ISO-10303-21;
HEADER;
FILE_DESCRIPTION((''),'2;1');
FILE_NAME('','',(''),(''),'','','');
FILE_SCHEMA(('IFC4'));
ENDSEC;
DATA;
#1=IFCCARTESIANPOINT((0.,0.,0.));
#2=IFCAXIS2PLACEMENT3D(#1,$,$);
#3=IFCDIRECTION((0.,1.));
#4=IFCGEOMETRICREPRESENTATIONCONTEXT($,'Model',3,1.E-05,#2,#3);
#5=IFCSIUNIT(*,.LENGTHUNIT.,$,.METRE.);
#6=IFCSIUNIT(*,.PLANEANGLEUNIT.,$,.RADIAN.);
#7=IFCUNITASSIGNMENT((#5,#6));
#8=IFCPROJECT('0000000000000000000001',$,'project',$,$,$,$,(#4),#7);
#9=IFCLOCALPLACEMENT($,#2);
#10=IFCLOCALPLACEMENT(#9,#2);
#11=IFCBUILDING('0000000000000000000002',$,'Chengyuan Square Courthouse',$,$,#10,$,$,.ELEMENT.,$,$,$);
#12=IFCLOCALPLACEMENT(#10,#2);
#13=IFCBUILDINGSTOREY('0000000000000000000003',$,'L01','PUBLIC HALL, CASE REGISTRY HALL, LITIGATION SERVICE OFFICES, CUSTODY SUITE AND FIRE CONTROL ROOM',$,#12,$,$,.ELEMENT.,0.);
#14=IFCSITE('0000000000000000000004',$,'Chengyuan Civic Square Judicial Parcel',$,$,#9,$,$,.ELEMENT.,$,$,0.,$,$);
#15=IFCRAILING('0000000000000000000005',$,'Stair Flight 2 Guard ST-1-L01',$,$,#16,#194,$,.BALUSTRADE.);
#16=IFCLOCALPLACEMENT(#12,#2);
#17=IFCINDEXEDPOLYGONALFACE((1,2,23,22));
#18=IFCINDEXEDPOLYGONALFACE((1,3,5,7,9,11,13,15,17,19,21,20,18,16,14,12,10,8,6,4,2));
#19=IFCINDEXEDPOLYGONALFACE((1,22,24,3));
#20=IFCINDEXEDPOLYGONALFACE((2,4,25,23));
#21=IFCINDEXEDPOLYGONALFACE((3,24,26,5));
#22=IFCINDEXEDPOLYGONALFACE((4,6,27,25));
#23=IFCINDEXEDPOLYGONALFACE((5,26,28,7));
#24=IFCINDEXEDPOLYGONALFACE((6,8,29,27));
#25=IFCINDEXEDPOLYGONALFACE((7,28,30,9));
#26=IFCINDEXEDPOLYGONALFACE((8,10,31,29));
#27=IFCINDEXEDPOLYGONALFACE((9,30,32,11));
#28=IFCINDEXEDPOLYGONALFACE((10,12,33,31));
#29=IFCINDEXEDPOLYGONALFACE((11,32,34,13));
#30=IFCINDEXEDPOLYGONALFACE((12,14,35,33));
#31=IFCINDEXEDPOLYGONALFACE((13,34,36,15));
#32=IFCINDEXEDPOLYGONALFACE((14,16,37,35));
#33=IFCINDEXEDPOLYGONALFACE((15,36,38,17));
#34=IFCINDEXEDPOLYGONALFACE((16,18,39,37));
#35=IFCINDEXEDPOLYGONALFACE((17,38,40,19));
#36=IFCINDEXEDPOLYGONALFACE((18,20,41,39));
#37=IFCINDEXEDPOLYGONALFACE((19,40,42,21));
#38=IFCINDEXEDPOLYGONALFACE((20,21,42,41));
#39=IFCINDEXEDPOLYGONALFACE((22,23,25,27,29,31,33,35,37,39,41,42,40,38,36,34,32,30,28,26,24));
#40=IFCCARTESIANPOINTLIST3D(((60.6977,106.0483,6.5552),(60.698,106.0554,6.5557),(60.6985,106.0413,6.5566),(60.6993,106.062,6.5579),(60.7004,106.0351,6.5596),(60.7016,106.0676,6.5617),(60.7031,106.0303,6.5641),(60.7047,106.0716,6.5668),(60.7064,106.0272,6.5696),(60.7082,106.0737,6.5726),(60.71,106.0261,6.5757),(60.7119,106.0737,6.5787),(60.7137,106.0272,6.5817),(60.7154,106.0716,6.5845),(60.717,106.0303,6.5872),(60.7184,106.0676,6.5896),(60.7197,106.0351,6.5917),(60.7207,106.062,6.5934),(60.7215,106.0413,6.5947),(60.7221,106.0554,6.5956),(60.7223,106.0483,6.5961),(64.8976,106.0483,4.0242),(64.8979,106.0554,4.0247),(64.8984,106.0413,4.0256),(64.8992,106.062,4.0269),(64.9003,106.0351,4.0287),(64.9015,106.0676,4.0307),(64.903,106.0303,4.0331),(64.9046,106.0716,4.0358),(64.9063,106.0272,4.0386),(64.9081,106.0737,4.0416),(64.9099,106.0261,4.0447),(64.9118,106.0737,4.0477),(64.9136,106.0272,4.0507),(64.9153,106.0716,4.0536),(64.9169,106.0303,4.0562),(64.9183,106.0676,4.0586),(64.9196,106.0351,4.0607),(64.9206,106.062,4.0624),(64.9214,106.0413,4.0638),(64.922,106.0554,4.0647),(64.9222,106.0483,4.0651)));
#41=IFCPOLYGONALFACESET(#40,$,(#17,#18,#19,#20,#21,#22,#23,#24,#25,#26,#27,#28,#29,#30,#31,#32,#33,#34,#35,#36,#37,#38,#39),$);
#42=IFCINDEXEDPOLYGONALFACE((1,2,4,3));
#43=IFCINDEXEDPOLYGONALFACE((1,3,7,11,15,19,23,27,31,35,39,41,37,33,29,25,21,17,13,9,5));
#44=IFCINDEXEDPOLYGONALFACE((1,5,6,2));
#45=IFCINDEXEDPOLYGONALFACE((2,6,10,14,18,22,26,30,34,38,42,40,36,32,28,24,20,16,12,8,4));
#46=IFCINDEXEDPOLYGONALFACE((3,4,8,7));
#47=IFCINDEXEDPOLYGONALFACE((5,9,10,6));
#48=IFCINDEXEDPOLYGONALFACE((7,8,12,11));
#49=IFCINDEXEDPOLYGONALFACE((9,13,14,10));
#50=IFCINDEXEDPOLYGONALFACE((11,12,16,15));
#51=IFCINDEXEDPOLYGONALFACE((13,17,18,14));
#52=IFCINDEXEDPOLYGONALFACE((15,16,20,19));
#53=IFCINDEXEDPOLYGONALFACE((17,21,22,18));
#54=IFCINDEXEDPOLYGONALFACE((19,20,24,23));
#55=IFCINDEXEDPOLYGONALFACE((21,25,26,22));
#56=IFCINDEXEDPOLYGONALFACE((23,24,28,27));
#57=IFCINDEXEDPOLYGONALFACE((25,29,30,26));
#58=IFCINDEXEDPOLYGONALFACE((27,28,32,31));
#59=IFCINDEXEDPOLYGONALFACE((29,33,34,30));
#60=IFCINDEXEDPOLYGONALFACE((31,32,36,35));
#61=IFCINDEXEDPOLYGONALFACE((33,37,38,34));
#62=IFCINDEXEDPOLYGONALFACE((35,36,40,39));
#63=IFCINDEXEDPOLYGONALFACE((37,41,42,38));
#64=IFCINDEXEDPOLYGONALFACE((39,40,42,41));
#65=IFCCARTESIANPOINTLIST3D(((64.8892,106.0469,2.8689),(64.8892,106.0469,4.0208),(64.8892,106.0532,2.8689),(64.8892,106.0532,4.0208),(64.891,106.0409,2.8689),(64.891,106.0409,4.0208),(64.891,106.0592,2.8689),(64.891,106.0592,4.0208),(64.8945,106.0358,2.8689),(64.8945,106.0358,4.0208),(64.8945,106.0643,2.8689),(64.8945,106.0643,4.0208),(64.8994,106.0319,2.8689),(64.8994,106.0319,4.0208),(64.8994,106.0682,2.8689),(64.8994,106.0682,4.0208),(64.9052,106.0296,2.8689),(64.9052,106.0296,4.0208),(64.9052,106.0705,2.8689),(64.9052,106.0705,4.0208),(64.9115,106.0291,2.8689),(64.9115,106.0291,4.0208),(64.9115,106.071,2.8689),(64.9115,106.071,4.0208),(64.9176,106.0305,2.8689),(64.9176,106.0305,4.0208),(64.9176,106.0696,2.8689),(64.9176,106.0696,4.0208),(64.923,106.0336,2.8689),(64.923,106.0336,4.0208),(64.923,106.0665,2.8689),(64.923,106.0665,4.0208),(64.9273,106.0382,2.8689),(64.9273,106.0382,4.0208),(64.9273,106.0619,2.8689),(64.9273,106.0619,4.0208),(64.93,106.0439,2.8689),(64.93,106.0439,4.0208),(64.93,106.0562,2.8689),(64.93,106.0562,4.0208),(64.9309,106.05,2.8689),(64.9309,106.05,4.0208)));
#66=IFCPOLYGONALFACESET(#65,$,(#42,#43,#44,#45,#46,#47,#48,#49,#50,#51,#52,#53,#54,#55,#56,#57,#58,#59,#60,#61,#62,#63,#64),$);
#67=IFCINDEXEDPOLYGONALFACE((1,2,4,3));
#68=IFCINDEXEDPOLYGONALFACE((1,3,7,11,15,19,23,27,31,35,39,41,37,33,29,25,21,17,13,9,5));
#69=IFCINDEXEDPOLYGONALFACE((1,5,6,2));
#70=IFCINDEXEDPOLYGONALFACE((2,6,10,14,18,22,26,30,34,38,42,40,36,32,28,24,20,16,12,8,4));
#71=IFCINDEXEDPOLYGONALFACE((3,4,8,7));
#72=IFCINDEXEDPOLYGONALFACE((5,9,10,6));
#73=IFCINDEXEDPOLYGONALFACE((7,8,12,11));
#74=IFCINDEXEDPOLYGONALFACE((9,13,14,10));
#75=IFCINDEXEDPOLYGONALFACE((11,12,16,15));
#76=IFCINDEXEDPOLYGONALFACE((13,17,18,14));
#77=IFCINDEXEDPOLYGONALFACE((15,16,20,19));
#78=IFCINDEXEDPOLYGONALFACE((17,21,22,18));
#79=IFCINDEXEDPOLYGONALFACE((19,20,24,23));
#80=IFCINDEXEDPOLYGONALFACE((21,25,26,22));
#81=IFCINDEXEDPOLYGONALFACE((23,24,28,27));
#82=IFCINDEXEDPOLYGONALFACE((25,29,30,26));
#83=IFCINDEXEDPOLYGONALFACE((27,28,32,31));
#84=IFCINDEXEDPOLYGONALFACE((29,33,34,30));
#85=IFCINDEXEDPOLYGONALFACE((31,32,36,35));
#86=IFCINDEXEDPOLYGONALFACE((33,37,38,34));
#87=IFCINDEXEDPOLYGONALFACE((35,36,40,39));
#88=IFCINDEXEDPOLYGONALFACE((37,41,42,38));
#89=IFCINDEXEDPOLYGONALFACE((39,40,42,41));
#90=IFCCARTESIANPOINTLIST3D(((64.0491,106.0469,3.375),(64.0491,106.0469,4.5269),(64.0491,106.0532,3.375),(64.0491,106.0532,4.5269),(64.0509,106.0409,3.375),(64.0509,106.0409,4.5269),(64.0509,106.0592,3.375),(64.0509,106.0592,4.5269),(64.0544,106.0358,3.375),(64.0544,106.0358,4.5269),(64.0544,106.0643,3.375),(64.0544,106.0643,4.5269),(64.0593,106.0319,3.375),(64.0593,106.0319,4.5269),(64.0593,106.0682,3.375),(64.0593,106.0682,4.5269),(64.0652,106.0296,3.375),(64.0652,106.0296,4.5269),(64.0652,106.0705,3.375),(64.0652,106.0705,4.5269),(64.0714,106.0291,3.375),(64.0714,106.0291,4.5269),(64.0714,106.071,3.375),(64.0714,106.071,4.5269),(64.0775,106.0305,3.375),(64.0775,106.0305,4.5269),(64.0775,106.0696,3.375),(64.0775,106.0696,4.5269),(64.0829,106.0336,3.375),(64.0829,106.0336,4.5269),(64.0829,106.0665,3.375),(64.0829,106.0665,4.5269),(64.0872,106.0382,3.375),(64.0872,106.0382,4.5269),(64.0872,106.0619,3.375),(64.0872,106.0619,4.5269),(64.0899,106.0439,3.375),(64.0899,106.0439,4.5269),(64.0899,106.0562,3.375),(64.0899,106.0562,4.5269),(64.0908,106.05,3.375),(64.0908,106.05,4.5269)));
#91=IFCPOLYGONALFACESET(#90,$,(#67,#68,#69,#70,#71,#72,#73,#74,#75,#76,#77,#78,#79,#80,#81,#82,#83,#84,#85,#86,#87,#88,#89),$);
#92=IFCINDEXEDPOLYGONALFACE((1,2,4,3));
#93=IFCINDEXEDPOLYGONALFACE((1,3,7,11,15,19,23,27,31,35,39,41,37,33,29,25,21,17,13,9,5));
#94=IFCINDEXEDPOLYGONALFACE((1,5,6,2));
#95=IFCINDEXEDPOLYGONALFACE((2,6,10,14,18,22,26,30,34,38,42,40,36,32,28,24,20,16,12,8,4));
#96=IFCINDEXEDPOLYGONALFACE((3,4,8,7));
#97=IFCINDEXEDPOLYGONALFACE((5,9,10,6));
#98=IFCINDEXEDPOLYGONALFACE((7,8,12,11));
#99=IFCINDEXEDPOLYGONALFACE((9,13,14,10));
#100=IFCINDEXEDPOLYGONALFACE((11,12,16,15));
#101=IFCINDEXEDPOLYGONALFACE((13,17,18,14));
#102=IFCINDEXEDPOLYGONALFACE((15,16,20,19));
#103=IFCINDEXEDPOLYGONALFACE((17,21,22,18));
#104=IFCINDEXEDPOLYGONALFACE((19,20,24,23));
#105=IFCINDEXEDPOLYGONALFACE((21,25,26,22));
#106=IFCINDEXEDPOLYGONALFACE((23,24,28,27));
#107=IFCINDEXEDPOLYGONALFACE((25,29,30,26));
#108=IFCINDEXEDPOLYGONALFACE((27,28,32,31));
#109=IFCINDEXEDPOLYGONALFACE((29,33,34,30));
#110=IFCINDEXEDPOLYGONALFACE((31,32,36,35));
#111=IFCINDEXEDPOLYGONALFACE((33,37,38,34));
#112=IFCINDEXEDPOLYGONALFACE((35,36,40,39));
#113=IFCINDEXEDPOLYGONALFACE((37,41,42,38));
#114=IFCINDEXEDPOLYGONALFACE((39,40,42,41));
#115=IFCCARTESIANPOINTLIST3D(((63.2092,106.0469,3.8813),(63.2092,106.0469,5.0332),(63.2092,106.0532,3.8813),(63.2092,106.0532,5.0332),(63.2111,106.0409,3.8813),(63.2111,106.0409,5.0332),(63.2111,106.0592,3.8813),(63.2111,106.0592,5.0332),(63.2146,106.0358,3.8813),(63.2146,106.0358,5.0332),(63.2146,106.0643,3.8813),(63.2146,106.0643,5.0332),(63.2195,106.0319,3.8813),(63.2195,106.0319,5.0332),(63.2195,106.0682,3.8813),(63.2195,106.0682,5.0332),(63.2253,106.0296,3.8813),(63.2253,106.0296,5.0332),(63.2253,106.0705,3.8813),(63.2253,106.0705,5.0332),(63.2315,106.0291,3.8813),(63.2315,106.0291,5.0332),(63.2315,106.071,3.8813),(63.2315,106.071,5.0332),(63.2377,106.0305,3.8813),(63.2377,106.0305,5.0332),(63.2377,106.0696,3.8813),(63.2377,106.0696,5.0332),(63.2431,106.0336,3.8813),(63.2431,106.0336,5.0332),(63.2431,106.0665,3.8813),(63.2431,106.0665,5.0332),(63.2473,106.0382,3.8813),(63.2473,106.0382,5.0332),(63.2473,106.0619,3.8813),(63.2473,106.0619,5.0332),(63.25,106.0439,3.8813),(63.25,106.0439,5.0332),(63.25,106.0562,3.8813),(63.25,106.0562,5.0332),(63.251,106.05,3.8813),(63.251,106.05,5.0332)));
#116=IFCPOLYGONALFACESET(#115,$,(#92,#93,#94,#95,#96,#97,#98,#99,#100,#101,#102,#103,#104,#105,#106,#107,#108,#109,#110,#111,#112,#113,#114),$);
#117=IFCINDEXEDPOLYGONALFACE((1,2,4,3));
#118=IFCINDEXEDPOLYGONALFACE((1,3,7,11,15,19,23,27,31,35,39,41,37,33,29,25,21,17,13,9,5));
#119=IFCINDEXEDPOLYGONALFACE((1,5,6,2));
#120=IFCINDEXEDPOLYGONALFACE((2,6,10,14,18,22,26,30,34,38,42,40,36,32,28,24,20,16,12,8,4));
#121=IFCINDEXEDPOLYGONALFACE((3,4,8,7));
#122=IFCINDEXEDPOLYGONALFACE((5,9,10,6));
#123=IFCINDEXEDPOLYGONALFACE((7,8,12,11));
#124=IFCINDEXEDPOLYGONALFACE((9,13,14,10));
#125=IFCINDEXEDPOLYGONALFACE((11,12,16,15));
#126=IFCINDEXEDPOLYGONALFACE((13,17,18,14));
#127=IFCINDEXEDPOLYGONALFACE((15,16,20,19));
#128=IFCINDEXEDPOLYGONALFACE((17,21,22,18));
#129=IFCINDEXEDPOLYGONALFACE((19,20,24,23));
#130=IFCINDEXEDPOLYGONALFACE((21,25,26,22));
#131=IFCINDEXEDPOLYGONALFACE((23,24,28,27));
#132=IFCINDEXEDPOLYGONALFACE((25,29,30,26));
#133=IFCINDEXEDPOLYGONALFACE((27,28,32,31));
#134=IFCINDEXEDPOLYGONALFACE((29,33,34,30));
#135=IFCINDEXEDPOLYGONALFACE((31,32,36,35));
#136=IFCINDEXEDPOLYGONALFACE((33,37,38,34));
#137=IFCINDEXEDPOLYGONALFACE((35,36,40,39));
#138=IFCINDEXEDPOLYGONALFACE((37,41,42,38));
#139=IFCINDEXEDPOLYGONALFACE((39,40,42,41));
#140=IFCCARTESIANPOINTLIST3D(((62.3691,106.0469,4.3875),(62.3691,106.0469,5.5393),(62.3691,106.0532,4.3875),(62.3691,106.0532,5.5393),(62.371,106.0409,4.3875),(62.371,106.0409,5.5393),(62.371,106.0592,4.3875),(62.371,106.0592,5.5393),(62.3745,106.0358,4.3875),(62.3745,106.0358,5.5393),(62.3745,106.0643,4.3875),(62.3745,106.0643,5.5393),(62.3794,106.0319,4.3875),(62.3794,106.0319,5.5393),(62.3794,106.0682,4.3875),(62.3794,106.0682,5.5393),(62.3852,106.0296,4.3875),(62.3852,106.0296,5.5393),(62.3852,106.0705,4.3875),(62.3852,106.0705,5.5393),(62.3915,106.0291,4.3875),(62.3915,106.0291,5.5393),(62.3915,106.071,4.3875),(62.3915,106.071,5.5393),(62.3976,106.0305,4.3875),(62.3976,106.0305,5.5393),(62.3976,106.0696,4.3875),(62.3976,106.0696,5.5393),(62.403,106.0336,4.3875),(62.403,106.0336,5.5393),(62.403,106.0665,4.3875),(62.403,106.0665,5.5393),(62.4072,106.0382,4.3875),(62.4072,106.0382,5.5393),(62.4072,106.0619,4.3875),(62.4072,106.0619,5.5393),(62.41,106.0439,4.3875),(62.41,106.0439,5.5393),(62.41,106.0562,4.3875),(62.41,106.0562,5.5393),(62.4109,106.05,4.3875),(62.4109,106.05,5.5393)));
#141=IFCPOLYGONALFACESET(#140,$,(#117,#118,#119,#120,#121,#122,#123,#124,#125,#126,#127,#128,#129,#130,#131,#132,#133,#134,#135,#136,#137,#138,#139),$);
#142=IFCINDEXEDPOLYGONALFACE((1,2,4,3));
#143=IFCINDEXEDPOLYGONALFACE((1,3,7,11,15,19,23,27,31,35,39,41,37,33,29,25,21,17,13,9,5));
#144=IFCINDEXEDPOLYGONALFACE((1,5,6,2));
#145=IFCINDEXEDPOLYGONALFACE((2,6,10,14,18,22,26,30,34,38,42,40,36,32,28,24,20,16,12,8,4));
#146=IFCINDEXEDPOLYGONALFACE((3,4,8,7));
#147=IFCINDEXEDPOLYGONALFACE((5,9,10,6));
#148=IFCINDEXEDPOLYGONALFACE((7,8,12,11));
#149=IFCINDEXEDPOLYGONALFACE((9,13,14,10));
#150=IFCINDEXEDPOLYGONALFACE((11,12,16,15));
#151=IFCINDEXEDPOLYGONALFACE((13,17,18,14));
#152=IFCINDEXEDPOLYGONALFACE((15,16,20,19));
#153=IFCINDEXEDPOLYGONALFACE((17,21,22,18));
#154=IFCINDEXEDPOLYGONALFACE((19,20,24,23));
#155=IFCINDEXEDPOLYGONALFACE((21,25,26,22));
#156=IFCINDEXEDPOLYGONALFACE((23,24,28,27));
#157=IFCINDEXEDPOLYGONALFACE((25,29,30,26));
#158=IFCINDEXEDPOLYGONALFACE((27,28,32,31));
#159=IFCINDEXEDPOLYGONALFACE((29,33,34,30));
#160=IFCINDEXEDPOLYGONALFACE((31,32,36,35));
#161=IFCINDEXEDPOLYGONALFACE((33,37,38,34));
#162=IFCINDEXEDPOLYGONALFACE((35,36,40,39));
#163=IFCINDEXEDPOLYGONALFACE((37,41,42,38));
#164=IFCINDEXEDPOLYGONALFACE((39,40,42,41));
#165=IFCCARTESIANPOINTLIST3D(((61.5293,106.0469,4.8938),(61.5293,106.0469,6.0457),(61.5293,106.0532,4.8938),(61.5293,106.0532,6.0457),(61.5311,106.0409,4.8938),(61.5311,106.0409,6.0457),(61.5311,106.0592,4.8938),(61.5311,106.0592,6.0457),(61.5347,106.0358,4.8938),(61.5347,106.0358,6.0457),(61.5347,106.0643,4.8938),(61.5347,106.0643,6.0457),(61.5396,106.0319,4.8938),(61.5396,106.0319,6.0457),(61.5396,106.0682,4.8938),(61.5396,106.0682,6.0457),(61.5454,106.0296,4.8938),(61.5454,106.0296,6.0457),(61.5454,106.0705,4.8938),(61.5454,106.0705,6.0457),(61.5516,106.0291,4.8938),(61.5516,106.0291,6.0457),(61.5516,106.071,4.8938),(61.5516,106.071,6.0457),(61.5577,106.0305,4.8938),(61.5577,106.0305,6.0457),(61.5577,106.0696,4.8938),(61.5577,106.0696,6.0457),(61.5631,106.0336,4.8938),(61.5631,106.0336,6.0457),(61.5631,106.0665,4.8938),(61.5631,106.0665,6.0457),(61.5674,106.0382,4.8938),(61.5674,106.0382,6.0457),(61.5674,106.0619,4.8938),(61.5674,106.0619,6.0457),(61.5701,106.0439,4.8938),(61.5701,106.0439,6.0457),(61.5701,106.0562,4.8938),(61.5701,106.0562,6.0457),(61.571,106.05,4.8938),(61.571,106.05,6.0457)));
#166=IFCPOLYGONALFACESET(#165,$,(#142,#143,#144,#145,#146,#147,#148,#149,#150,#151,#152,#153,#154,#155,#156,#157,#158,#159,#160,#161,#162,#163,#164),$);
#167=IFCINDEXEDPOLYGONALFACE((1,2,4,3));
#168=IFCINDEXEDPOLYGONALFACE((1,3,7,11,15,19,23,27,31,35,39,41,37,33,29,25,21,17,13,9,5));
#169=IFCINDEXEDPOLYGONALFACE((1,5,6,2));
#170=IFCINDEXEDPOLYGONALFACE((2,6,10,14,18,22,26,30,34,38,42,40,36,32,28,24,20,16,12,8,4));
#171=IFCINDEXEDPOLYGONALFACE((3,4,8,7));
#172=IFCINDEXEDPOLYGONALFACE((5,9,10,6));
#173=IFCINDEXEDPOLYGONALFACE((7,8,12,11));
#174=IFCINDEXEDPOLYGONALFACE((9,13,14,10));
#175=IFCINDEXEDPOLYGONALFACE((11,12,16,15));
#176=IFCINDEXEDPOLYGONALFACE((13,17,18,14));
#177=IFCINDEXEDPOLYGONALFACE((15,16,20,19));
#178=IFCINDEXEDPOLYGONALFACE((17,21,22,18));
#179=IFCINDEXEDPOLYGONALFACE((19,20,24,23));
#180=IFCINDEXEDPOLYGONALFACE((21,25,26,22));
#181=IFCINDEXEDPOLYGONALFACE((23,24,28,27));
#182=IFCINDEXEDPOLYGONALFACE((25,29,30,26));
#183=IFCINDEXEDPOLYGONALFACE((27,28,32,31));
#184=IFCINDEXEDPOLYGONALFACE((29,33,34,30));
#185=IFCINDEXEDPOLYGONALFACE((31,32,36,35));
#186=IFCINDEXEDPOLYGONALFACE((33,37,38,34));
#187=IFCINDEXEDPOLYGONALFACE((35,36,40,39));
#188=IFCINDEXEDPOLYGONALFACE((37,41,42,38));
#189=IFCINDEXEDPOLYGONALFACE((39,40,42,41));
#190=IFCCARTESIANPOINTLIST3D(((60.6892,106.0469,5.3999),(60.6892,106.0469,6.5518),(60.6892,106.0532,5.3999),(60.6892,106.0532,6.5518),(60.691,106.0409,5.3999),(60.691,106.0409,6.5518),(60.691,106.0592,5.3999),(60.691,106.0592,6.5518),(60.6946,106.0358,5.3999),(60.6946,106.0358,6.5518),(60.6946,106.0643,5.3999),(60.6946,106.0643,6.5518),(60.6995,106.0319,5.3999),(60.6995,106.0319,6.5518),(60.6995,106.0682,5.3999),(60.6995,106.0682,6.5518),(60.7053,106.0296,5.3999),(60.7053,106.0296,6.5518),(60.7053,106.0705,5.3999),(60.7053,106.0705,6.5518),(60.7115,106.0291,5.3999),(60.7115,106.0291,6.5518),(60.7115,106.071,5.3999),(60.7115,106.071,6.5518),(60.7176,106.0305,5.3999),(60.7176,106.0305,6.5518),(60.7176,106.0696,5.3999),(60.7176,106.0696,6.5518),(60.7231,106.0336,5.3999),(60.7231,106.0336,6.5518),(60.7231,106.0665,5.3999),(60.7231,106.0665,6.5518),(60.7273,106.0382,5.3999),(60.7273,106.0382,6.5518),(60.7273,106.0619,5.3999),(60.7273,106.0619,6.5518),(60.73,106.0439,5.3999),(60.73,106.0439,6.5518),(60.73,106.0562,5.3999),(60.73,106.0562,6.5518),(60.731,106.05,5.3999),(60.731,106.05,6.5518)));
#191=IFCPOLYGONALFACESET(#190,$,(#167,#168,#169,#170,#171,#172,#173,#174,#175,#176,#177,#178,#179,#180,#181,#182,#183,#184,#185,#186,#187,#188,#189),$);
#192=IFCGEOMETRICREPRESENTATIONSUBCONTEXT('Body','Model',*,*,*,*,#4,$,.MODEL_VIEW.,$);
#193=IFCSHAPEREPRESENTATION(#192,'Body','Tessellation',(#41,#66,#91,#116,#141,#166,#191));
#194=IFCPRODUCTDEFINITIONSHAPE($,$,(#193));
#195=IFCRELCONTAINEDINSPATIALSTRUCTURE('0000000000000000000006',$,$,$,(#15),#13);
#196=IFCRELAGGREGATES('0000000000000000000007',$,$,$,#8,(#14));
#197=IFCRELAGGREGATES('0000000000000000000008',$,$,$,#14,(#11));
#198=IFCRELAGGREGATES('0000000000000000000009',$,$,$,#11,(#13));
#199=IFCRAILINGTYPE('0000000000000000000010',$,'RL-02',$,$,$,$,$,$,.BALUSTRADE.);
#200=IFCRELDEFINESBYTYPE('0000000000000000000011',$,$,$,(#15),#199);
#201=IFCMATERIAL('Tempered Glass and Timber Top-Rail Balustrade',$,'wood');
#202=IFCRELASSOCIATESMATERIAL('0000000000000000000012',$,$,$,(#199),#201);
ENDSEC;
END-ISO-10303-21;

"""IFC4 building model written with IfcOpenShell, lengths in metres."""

from ifc_helpers import new_model, si_unit, direction, frame, origin, origin_2d, place, context, subcontext, project, spatial, circle, extrude, material, type_object, element, save


model = new_model("IFC4")

# Units and contexts
model_context = context("Model", 3, precision=1e-05, world=origin(), true_north=direction((0.0, 1.0)))
body_context = subcontext(model_context, "Body", "Model", "MODEL_VIEW")
ifc_project = project(units=[si_unit("LENGTHUNIT", "METRE"), si_unit("PLANEANGLEUNIT", "RADIAN")], contexts=[model_context])

# Site, building, storey
site_placement = place(None, origin())
site = spatial("IfcSite", under=ifc_project, at=site_placement, Name="Chengyuan Civic Square Judicial Parcel", CompositionType="ELEMENT", RefElevation=0.0)
building_placement = place(site_placement, origin())
building = spatial("IfcBuilding", under=site, at=building_placement, Name="Chengyuan Square Courthouse", CompositionType="ELEMENT")
storey_placement = place(building_placement, origin())
storey = spatial("IfcBuildingStorey", under=building, at=storey_placement, Name="L01", Description="PUBLIC HALL, CASE REGISTRY HALL, LITIGATION SERVICE OFFICES, CUSTODY SUITE AND FIRE CONTROL ROOM", CompositionType="ELEMENT", Elevation=0.0)

# Railing
ifc_material_1 = material(Name="Tempered Glass and Timber Top-Rail Balustrade", Category="wood")
railing_type_1 = type_object("IfcRailingType", Name="RL-02", PredefinedType="BALUSTRADE", material=ifc_material_1)
railing_1_placement = place(storey_placement, frame((64.9099, 106.05, 2.8689)))
element("IfcRailing", 1, at=railing_1_placement, inside=storey, type_object=railing_type_1, Name="Stair Flight 2 Guard ST-1-L01", PredefinedType="BALUSTRADE", context=body_context, shape_type="SweptSolid", body=[
    extrude(circle(Radius=0.0239, at=origin_2d()), frame((0.0, 0.0, 1.1758), z_axis=(-0.856499, 0.0, 0.51615), x_axis=(0.0, -1.0, 0.0)), (0.0, 0.0, 1.0), 4.9036),
    extrude(circle(Radius=0.021, at=origin_2d()), origin(), (0.0, 0.0, 1.0), 1.1519),
    extrude(circle(Radius=0.021, at=origin_2d()), frame((-0.8401, 0.0, 0.5061)), (0.0, 0.0, 1.0), 1.1519),
    extrude(circle(Radius=0.021, at=origin_2d()), frame((-1.6799, 0.0, 1.0125)), (0.0, 0.0, 1.0), 1.1519),
    extrude(circle(Radius=0.021, at=origin_2d()), frame((-2.52, 0.0, 1.5186)), (0.0, 0.0, 1.0), 1.1519),
    extrude(circle(Radius=0.021, at=origin_2d()), frame((-3.3599, 0.0, 2.0249)), (0.0, 0.0, 1.0), 1.1519),
    extrude(circle(Radius=0.021, at=origin_2d()), frame((-4.2, 0.0, 2.531)), (0.0, 0.0, 1.0), 1.1519),
])

save(model, "model.ifc")
